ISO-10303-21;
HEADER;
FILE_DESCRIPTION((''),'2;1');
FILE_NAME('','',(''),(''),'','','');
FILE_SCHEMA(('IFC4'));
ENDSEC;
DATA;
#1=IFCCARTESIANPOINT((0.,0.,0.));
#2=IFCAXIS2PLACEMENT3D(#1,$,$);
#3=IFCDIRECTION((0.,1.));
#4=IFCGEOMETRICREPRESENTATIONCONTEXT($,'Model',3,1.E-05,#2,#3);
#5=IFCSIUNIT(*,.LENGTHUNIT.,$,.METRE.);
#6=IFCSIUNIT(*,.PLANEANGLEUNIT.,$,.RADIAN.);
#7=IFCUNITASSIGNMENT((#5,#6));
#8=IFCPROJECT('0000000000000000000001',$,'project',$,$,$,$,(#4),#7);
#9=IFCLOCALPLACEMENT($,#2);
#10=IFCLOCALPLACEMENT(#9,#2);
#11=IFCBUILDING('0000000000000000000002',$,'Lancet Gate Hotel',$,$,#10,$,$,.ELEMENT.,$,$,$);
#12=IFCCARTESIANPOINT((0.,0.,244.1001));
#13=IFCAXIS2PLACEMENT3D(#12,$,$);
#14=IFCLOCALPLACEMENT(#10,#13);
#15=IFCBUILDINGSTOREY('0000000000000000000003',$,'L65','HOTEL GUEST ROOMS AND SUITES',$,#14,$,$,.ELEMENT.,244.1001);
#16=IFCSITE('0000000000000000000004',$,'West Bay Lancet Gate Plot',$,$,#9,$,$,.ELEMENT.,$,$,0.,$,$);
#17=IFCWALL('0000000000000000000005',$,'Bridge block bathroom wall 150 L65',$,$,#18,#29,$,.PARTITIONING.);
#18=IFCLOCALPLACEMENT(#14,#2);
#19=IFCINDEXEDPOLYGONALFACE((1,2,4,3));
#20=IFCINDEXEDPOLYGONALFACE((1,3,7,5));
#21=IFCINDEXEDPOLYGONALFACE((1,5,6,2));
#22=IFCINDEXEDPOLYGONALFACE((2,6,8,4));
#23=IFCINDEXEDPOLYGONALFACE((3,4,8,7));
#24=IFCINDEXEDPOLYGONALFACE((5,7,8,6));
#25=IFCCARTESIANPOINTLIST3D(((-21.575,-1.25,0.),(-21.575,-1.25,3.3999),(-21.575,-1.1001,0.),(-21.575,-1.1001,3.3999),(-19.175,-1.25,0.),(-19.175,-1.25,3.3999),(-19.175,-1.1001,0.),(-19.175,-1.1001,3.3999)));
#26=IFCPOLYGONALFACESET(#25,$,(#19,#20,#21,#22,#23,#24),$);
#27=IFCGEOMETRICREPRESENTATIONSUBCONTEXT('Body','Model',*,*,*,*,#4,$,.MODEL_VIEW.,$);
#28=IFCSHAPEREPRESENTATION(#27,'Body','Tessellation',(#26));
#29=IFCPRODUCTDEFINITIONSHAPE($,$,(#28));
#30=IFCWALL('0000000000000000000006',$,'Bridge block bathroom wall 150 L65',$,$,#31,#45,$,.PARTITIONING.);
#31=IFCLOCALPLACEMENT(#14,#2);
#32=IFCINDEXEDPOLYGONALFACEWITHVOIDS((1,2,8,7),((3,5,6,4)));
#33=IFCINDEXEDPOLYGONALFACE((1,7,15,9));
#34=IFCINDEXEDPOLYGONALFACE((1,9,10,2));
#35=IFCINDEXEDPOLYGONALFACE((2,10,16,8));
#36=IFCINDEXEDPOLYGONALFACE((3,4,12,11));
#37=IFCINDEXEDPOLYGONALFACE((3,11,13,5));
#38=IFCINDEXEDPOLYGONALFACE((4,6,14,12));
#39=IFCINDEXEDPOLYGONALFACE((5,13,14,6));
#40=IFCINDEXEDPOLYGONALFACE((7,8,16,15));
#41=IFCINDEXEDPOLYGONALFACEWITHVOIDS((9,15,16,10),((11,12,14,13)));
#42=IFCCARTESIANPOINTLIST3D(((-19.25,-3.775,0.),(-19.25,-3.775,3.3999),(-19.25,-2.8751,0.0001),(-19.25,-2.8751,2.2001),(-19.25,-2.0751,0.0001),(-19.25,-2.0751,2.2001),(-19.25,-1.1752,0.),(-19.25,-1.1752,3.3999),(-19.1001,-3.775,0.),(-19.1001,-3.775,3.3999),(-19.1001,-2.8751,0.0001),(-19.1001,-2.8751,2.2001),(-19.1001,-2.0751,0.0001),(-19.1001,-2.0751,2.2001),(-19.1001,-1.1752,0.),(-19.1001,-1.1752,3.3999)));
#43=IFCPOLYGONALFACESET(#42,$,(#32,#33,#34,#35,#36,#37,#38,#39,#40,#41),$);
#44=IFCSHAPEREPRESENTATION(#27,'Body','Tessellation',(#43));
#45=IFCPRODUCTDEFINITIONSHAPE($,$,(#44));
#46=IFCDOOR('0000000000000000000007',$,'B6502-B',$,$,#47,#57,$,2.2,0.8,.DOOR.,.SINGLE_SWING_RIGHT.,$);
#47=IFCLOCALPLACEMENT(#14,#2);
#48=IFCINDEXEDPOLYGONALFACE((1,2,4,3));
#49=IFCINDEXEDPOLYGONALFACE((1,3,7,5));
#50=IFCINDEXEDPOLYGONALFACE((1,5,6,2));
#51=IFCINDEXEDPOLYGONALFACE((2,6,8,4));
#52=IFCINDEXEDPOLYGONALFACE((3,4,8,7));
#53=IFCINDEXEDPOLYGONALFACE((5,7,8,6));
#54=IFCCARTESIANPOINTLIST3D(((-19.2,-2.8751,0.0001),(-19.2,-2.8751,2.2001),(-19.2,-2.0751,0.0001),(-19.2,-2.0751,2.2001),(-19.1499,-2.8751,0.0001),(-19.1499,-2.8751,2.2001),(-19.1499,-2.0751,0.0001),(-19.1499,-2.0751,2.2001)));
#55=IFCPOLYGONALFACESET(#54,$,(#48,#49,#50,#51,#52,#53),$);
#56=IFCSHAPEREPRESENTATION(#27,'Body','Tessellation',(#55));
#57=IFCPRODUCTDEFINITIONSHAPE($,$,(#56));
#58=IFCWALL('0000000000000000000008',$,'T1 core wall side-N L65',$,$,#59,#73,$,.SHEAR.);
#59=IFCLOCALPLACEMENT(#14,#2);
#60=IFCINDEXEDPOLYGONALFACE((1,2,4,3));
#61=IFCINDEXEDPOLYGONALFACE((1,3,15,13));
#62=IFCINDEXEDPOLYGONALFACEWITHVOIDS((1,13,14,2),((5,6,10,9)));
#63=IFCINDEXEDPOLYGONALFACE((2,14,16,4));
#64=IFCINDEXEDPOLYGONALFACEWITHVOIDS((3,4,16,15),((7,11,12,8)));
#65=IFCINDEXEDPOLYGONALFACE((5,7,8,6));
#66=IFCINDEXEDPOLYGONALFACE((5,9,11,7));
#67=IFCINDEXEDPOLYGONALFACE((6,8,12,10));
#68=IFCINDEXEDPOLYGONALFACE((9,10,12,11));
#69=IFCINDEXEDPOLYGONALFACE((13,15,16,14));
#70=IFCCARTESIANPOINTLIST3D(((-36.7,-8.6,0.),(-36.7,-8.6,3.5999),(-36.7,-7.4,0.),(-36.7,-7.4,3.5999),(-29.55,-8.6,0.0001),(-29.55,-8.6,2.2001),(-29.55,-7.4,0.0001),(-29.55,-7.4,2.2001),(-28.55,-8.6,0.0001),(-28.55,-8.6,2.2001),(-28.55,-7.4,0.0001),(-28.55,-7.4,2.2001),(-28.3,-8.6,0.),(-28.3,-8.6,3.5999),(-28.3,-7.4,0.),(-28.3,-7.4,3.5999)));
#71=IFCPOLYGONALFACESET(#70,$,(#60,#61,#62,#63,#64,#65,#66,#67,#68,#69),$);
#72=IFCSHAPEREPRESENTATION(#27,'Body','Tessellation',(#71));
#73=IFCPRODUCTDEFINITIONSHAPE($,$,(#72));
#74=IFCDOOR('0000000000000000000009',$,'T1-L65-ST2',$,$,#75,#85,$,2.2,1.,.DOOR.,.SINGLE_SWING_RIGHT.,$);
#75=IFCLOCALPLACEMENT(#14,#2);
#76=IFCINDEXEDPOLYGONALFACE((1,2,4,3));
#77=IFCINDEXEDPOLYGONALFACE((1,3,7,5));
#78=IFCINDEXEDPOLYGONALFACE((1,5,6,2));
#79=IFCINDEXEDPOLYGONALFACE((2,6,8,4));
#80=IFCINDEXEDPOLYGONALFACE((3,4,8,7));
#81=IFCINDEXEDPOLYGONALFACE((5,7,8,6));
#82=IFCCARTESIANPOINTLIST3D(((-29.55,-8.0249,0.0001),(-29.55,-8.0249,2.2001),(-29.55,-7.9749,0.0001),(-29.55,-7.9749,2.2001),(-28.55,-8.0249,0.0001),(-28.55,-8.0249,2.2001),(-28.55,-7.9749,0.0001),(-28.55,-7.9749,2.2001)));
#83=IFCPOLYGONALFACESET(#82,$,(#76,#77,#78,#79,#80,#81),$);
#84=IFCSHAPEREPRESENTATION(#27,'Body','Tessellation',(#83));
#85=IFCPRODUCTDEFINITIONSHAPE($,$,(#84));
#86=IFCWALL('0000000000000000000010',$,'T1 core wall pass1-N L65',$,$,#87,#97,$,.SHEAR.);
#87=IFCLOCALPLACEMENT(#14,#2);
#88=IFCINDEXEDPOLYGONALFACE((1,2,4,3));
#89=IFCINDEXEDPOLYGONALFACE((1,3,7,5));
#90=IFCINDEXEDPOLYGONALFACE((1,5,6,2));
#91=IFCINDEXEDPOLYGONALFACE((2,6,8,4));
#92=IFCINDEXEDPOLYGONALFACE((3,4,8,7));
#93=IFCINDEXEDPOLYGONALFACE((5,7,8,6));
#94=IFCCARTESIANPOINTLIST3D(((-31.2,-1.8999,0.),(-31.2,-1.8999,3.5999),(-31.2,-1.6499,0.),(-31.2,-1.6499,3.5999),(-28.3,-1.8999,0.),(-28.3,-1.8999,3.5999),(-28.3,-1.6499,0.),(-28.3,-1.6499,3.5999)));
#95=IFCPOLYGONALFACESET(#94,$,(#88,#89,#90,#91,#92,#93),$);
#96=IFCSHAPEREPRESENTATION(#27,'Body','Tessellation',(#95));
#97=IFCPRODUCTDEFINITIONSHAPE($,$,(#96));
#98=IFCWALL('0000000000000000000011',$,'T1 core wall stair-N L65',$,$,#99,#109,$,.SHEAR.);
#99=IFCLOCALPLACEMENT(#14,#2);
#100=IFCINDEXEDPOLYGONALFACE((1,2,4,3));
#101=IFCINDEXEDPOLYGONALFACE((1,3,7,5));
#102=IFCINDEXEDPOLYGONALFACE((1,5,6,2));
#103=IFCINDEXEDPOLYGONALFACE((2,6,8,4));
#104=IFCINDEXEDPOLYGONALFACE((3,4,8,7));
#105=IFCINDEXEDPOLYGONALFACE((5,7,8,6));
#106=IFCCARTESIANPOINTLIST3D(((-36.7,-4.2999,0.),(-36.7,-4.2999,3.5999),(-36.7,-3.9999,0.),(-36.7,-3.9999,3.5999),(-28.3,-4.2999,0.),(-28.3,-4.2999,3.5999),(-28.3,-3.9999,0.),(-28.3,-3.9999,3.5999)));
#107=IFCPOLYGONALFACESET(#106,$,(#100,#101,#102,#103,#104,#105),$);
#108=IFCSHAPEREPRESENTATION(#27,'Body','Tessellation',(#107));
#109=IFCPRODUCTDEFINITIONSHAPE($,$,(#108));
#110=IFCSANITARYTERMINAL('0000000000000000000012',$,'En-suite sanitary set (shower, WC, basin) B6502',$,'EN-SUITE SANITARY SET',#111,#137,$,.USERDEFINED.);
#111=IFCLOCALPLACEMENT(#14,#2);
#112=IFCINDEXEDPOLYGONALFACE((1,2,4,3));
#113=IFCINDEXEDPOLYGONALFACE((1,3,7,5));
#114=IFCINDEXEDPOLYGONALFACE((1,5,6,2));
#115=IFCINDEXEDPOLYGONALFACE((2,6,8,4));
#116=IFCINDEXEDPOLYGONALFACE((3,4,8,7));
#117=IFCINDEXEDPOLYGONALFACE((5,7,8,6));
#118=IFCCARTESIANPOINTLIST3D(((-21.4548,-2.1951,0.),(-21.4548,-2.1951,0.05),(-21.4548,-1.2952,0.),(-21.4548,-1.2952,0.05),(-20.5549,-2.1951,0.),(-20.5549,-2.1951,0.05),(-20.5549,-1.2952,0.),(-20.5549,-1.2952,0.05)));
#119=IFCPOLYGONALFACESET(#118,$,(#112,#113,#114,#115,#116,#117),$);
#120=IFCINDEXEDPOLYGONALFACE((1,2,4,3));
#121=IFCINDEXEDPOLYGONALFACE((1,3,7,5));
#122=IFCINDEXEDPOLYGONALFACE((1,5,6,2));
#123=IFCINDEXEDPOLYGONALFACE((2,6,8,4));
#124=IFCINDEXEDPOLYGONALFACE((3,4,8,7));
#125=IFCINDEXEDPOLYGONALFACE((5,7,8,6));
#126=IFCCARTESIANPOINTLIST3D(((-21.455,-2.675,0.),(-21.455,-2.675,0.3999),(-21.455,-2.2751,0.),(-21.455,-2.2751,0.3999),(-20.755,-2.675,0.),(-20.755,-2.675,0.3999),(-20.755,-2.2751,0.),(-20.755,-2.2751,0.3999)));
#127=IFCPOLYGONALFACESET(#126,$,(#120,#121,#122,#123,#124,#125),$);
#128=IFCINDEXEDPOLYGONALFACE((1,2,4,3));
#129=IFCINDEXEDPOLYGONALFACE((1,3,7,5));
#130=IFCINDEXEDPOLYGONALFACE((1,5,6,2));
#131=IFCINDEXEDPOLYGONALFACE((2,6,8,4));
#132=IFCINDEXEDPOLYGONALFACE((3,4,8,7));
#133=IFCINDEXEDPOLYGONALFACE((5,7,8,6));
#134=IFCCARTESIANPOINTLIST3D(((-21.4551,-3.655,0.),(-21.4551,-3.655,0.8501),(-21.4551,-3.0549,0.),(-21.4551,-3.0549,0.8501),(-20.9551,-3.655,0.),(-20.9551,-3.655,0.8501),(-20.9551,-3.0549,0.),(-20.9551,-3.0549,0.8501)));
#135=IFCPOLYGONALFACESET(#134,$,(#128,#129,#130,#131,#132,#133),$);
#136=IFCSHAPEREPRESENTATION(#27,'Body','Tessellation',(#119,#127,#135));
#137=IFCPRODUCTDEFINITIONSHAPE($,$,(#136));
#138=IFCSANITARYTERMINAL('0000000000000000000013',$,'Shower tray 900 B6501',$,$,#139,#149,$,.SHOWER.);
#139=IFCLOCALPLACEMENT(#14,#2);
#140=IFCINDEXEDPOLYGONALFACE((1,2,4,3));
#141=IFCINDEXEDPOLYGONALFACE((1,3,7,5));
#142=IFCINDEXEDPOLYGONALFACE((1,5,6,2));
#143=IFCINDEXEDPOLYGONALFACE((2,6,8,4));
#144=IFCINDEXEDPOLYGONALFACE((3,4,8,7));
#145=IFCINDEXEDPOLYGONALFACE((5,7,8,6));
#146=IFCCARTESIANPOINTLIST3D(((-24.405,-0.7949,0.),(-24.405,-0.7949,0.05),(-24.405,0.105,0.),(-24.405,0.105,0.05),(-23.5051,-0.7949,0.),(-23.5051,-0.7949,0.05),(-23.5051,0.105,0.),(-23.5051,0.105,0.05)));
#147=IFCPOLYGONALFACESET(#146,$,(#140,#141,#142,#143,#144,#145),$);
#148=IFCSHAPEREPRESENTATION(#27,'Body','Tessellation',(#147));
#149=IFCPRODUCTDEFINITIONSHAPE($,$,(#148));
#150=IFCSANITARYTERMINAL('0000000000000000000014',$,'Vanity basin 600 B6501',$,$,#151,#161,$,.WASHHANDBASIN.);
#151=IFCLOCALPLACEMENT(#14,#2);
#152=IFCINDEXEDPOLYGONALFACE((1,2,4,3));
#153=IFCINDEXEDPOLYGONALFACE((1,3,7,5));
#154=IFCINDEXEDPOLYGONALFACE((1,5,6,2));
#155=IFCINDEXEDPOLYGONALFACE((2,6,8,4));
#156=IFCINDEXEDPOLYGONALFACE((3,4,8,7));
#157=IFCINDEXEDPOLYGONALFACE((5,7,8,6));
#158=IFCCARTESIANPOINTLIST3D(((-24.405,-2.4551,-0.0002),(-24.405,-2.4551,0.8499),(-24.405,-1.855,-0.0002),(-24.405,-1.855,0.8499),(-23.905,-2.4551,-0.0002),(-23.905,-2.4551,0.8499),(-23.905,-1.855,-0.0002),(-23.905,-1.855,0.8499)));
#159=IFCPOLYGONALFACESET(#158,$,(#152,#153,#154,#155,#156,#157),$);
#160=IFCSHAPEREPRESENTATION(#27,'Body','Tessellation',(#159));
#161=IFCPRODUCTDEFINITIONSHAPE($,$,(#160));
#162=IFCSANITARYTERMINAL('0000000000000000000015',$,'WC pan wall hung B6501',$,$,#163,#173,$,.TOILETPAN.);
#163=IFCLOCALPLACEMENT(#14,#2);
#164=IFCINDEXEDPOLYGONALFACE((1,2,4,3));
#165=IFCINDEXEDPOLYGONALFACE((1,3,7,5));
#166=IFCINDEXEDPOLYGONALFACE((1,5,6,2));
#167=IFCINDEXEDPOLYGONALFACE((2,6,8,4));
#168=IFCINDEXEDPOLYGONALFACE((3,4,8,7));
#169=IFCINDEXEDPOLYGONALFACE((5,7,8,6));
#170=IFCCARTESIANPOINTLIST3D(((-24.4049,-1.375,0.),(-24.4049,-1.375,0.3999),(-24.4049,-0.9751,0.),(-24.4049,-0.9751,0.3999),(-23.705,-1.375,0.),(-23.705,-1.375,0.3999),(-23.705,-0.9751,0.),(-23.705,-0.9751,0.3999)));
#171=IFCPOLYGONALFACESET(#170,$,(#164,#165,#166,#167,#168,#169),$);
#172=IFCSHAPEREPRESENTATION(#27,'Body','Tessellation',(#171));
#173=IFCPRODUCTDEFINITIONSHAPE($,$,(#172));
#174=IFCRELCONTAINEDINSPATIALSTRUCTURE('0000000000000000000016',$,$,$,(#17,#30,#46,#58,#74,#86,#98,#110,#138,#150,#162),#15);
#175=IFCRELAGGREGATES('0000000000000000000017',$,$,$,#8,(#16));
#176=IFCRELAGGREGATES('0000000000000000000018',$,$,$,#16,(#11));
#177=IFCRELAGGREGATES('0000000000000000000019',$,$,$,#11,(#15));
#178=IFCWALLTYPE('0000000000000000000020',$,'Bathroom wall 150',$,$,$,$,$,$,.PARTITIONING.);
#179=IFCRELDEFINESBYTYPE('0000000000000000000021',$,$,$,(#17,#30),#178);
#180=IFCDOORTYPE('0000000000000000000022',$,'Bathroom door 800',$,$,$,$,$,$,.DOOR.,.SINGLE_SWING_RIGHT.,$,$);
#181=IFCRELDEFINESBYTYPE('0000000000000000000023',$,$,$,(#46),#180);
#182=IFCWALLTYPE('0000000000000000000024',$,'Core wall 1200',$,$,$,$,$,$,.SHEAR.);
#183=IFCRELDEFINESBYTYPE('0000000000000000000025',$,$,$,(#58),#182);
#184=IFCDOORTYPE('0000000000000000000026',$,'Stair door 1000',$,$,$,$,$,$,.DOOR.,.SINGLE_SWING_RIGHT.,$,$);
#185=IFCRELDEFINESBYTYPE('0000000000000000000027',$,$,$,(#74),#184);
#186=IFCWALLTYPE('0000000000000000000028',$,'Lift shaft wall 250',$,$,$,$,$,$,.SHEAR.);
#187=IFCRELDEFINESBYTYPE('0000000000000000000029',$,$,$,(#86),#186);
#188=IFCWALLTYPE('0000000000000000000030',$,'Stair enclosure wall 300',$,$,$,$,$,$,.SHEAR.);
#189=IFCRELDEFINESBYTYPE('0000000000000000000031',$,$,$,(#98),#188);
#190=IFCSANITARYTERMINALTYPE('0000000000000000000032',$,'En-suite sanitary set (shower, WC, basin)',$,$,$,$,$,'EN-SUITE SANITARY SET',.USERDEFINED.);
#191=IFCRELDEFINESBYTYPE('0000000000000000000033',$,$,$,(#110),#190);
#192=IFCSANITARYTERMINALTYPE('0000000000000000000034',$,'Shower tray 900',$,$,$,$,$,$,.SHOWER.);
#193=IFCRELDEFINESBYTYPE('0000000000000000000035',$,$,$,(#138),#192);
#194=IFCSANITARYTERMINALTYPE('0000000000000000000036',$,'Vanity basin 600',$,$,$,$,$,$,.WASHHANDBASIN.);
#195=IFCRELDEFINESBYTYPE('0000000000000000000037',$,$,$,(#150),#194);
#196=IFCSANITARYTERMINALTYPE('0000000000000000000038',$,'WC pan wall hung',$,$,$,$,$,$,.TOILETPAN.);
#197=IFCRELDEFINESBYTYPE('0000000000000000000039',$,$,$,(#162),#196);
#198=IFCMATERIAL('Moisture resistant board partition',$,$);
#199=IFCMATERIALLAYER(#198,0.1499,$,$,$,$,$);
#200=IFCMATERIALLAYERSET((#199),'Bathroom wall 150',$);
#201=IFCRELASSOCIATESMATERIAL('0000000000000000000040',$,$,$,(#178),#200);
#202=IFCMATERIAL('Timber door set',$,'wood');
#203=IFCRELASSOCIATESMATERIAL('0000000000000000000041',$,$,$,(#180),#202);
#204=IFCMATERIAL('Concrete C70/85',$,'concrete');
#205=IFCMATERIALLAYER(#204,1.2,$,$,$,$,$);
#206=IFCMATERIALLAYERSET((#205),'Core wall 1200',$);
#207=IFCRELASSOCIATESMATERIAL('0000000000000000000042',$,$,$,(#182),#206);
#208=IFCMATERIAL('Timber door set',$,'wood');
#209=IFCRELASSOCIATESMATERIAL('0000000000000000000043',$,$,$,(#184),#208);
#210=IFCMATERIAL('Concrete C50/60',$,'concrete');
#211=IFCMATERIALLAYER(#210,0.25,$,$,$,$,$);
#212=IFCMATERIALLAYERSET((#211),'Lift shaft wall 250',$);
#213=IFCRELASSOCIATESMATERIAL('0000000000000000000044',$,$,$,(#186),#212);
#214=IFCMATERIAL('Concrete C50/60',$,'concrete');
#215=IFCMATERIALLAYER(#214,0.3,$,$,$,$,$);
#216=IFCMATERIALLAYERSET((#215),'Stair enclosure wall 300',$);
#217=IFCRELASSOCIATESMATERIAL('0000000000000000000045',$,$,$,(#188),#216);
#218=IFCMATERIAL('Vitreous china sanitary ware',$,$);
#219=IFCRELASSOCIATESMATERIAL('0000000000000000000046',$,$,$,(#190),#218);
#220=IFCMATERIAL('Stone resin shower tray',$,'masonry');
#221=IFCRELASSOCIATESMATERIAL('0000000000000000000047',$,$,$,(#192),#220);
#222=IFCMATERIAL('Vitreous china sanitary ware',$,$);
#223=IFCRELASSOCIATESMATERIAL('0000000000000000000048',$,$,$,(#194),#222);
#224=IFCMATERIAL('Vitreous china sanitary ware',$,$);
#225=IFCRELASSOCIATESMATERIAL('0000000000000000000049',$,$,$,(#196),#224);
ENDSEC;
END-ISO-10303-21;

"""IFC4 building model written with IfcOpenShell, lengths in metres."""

from ifc_helpers import new_model, si_unit, direction, frame, frame_2d, origin, origin_2d, place, context, subcontext, project, spatial, rectangle, extrude, material, layer, layer_set, type_object, element, fill, save


model = new_model("IFC4")

# Units and contexts
model_context = context("Model", 3, precision=1e-05, world=origin(), true_north=direction((0.0, 1.0)))
body_context = subcontext(model_context, "Body", "Model", "MODEL_VIEW")
ifc_project = project(units=[si_unit("LENGTHUNIT", "METRE"), si_unit("PLANEANGLEUNIT", "RADIAN")], contexts=[model_context])

# Site, building, storey
site_placement = place(None, origin())
site = spatial("IfcSite", under=ifc_project, at=site_placement, Name="West Bay Lancet Gate Plot", CompositionType="ELEMENT", RefElevation=0.0)
building_placement = place(site_placement, origin())
building = spatial("IfcBuilding", under=site, at=building_placement, Name="Lancet Gate Hotel", CompositionType="ELEMENT")
storey_placement = place(building_placement, frame((0.0, 0.0, 244.1001)))
storey = spatial("IfcBuildingStorey", under=building, at=storey_placement, Name="L65", Description="HOTEL GUEST ROOMS AND SUITES", CompositionType="ELEMENT", Elevation=244.1001)

# Shared definitions
ifc_material_1 = material(Name="Moisture resistant board partition")
ifc_layer_1 = layer(ifc_material_1, 0.1499)
ifc_layer_set_1 = layer_set([ifc_layer_1], Name="Bathroom wall 150")
wall_type_1 = type_object("IfcWallType", Name="Bathroom wall 150", PredefinedType="PARTITIONING", material=ifc_layer_set_1)

# Wall
for number, where, z_axis, x_axis, name in (
    (1, (-21.575, -1.175, 0.0), (0.0, 0.0, 1.0), (1.0, 0.0, 0.0), "Bridge block bathroom wall 150 L65"),
):
    element("IfcWall", number, at=place(storey_placement, frame(where, z_axis=z_axis, x_axis=x_axis)), inside=storey, type_object=wall_type_1, Name=name, PredefinedType="PARTITIONING", context=body_context, shape_type="SweptSolid", body=[
        extrude(rectangle(XDim=2.3999, YDim=0.1499, at=frame_2d((1.2, 0.0))), origin(), (0.0, 0.0, 1.0), 3.3999),
    ])

# Walls, openings, doors
wall_1_placement = place(storey_placement, frame((-19.175, -3.7749, 0.0), z_axis=(0.0, 0.0, 1.0), x_axis=(0.0, 1.0, 0.0)))
wall_1 = element("IfcWall", 2, at=wall_1_placement, inside=storey, type_object=wall_type_1, Name="Bridge block bathroom wall 150 L65", PredefinedType="PARTITIONING", context=body_context, shape_type="SweptSolid", body=[
    extrude(rectangle(XDim=2.5999, YDim=0.1499, at=frame_2d((1.2998, 0.0))), origin(), (0.0, 0.0, 1.0), 3.3999),
])
opening_1_placement = place(wall_1_placement, frame((0.8999, 0.0, 0.0)))
opening_1 = element("IfcOpeningElement", 3, at=opening_1_placement, cuts=wall_1, PredefinedType="OPENING", context=body_context, shape_type="SweptSolid", body=[
    extrude(rectangle(XDim=0.8, YDim=2.2, at=frame_2d((0.3999, 1.1001))), frame((0.0, 0.085, 0.0), z_axis=(0.0, -1.0, 0.0), x_axis=(1.0, 0.0, 0.0)), (0.0, 0.0, 1.0), 0.1699),
])
ifc_material_2 = material(Name="Timber door set", Category="wood")
door_type_1 = type_object("IfcDoorType", Name="Bathroom door 800", OperationType="SINGLE_SWING_RIGHT", PredefinedType="DOOR", material=ifc_material_2)
door_1_placement = place(opening_1_placement, origin())
door_1 = element("IfcDoor", 4, at=door_1_placement, inside=storey, type_object=door_type_1, Name="B6502-B", OperationType="SINGLE_SWING_RIGHT", OverallHeight=2.2, OverallWidth=0.8, PredefinedType="DOOR", context=body_context, shape_type="SweptSolid", body=[
    extrude(rectangle(XDim=0.8, YDim=2.2, at=frame_2d((0.3999, 1.1001))), frame((0.0, 0.0249, 0.0), z_axis=(0.0, -1.0, 0.0), x_axis=(1.0, 0.0, 0.0)), (0.0, 0.0, 1.0), 0.05),
])
fill(opening_1, door_1)
ifc_material_3 = material(Name="Concrete C70/85", Category="concrete")
ifc_layer_2 = layer(ifc_material_3, 1.2)
ifc_layer_set_2 = layer_set([ifc_layer_2], Name="Core wall 1200")
wall_type_2 = type_object("IfcWallType", Name="Core wall 1200", PredefinedType="SHEAR", material=ifc_layer_set_2)
wall_2_placement = place(storey_placement, frame((-28.3, -8.0, 0.0), z_axis=(0.0, 0.0, 1.0), x_axis=(-1.0, 0.0, 0.0)))
wall_2 = element("IfcWall", 5, at=wall_2_placement, inside=storey, type_object=wall_type_2, Name="T1 core wall side-N L65", PredefinedType="SHEAR", context=body_context, shape_type="SweptSolid", body=[
    extrude(rectangle(XDim=8.3999, YDim=1.2, at=frame_2d((4.2, 0.0))), origin(), (0.0, 0.0, 1.0), 3.5999),
])
opening_2_placement = place(wall_2_placement, frame((0.25, 0.0, 0.0)))
opening_2 = element("IfcOpeningElement", 6, at=opening_2_placement, cuts=wall_2, PredefinedType="OPENING", context=body_context, shape_type="SweptSolid", body=[
    extrude(rectangle(XDim=1.0, YDim=2.2, at=frame_2d((0.5, 1.1001))), frame((0.0, 0.6099, 0.0), z_axis=(0.0, -1.0, 0.0), x_axis=(1.0, 0.0, 0.0)), (0.0, 0.0, 1.0), 1.22),
])
ifc_material_4 = material(Name="Timber door set", Category="wood")
door_type_2 = type_object("IfcDoorType", Name="Stair door 1000", OperationType="SINGLE_SWING_RIGHT", PredefinedType="DOOR", material=ifc_material_4)
door_2_placement = place(opening_2_placement, origin())
door_2 = element("IfcDoor", 7, at=door_2_placement, inside=storey, type_object=door_type_2, Name="T1-L65-ST2", OperationType="SINGLE_SWING_RIGHT", OverallHeight=2.2, OverallWidth=1.0, PredefinedType="DOOR", context=body_context, shape_type="SweptSolid", body=[
    extrude(rectangle(XDim=1.0, YDim=2.2, at=frame_2d((0.5, 1.1001))), frame((0.0, 0.0249, 0.0), z_axis=(0.0, -1.0, 0.0), x_axis=(1.0, 0.0, 0.0)), (0.0, 0.0, 1.0), 0.05),
])
fill(opening_2, door_2)

# Walls
ifc_material_5 = material(Name="Concrete C50/60", Category="concrete")
ifc_layer_3 = layer(ifc_material_5, 0.25)
ifc_layer_set_3 = layer_set([ifc_layer_3], Name="Lift shaft wall 250")
wall_type_3 = type_object("IfcWallType", Name="Lift shaft wall 250", PredefinedType="SHEAR", material=ifc_layer_set_3)
wall_3_placement = place(storey_placement, frame((-28.3, -1.7749, 0.0), z_axis=(0.0, 0.0, 1.0), x_axis=(-1.0, 0.0, 0.0)))
element("IfcWall", 8, at=wall_3_placement, inside=storey, type_object=wall_type_3, Name="T1 core wall pass1-N L65", PredefinedType="SHEAR", context=body_context, shape_type="SweptSolid", body=[
    extrude(rectangle(XDim=2.8999, YDim=0.25, at=frame_2d((1.45, 0.0))), origin(), (0.0, 0.0, 1.0), 3.5999),
])
ifc_material_6 = material(Name="Concrete C50/60", Category="concrete")
ifc_layer_4 = layer(ifc_material_6, 0.3)
ifc_layer_set_4 = layer_set([ifc_layer_4], Name="Stair enclosure wall 300")
wall_type_4 = type_object("IfcWallType", Name="Stair enclosure wall 300", PredefinedType="SHEAR", material=ifc_layer_set_4)
wall_4_placement = place(storey_placement, frame((-28.3, -4.1499, 0.0), z_axis=(0.0, 0.0, 1.0), x_axis=(-1.0, 0.0, 0.0)))
element("IfcWall", 9, at=wall_4_placement, inside=storey, type_object=wall_type_4, Name="T1 core wall stair-N L65", PredefinedType="SHEAR", context=body_context, shape_type="SweptSolid", body=[
    extrude(rectangle(XDim=8.3999, YDim=0.3, at=frame_2d((4.2, 0.0))), origin(), (0.0, 0.0, 1.0), 3.5999),
])

# Sanitary terminals
ifc_material_7 = material(Name="Vitreous china sanitary ware")
sanitary_terminal_type_1 = type_object("IfcSanitaryTerminalType", Name="En-suite sanitary set (shower, WC, basin)", ElementType="EN-SUITE SANITARY SET", PredefinedType="USERDEFINED", material=ifc_material_7)
sanitary_terminal_1_placement = place(storey_placement, frame((-21.0049, -1.7451, 0.0), z_axis=(0.0, 0.0, 1.0), x_axis=(1.0, 0.0, 0.0)))
element("IfcSanitaryTerminal", 10, at=sanitary_terminal_1_placement, inside=storey, type_object=sanitary_terminal_type_1, Name="En-suite sanitary set (shower, WC, basin) B6502", ObjectType="EN-SUITE SANITARY SET", PredefinedType="USERDEFINED", context=body_context, shape_type="SweptSolid", body=[
    extrude(rectangle(XDim=0.8999, YDim=0.8999, at=origin_2d()), frame((0.0, 0.0, 0.0), z_axis=(0.0, 0.0, 1.0), x_axis=(0.0, 1.0, 0.0)), (0.0, 0.0, 1.0), 0.05),
    extrude(rectangle(XDim=0.3999, YDim=0.7, at=origin_2d()), frame((-0.1001, -0.73, 0.0), z_axis=(0.0, 0.0, 1.0), x_axis=(0.0, 1.0, 0.0)), (0.0, 0.0, 1.0), 0.3999),
    extrude(rectangle(XDim=0.6001, YDim=0.5, at=origin_2d()), frame((-0.2002, -1.6099, 0.0), z_axis=(0.0, 0.0, 1.0), x_axis=(0.0, 1.0, 0.0)), (0.0, 0.0, 1.0), 0.8501),
])
ifc_material_8 = material(Name="Stone resin shower tray", Category="masonry")
sanitary_terminal_type_2 = type_object("IfcSanitaryTerminalType", Name="Shower tray 900", PredefinedType="SHOWER", material=ifc_material_8)
sanitary_terminal_2_placement = place(storey_placement, frame((-23.9551, -0.345, 0.0), z_axis=(0.0, 0.0, 1.0), x_axis=(0.0, 1.0, 0.0)))
element("IfcSanitaryTerminal", 11, at=sanitary_terminal_2_placement, inside=storey, type_object=sanitary_terminal_type_2, Name="Shower tray 900 B6501", PredefinedType="SHOWER", context=body_context, shape_type="SweptSolid", body=[
    extrude(rectangle(XDim=0.8999, YDim=0.8999, at=origin_2d()), origin(), (0.0, 0.0, 1.0), 0.05),
])
ifc_material_9 = material(Name="Vitreous china sanitary ware")
sanitary_terminal_type_3 = type_object("IfcSanitaryTerminalType", Name="Vanity basin 600", PredefinedType="WASHHANDBASIN", material=ifc_material_9)
sanitary_terminal_3_placement = place(storey_placement, frame((-24.155, -2.155, -0.0002), z_axis=(0.0, 0.0, 1.0), x_axis=(0.0, 1.0, 0.0)))
element("IfcSanitaryTerminal", 12, at=sanitary_terminal_3_placement, inside=storey, type_object=sanitary_terminal_type_3, Name="Vanity basin 600 B6501", PredefinedType="WASHHANDBASIN", context=body_context, shape_type="SweptSolid", body=[
    extrude(rectangle(XDim=0.6001, YDim=0.5, at=origin_2d()), origin(), (0.0, 0.0, 1.0), 0.8501),
])
ifc_material_10 = material(Name="Vitreous china sanitary ware")
sanitary_terminal_type_4 = type_object("IfcSanitaryTerminalType", Name="WC pan wall hung", PredefinedType="TOILETPAN", material=ifc_material_10)
sanitary_terminal_4_placement = place(storey_placement, frame((-24.0549, -1.175, 0.0), z_axis=(0.0, 0.0, 1.0), x_axis=(0.0, 1.0, 0.0)))
element("IfcSanitaryTerminal", 13, at=sanitary_terminal_4_placement, inside=storey, type_object=sanitary_terminal_type_4, Name="WC pan wall hung B6501", PredefinedType="TOILETPAN", context=body_context, shape_type="SweptSolid", body=[
    extrude(rectangle(XDim=0.3999, YDim=0.7, at=origin_2d()), origin(), (0.0, 0.0, 1.0), 0.3999),
])

save(model, "model.ifc")
